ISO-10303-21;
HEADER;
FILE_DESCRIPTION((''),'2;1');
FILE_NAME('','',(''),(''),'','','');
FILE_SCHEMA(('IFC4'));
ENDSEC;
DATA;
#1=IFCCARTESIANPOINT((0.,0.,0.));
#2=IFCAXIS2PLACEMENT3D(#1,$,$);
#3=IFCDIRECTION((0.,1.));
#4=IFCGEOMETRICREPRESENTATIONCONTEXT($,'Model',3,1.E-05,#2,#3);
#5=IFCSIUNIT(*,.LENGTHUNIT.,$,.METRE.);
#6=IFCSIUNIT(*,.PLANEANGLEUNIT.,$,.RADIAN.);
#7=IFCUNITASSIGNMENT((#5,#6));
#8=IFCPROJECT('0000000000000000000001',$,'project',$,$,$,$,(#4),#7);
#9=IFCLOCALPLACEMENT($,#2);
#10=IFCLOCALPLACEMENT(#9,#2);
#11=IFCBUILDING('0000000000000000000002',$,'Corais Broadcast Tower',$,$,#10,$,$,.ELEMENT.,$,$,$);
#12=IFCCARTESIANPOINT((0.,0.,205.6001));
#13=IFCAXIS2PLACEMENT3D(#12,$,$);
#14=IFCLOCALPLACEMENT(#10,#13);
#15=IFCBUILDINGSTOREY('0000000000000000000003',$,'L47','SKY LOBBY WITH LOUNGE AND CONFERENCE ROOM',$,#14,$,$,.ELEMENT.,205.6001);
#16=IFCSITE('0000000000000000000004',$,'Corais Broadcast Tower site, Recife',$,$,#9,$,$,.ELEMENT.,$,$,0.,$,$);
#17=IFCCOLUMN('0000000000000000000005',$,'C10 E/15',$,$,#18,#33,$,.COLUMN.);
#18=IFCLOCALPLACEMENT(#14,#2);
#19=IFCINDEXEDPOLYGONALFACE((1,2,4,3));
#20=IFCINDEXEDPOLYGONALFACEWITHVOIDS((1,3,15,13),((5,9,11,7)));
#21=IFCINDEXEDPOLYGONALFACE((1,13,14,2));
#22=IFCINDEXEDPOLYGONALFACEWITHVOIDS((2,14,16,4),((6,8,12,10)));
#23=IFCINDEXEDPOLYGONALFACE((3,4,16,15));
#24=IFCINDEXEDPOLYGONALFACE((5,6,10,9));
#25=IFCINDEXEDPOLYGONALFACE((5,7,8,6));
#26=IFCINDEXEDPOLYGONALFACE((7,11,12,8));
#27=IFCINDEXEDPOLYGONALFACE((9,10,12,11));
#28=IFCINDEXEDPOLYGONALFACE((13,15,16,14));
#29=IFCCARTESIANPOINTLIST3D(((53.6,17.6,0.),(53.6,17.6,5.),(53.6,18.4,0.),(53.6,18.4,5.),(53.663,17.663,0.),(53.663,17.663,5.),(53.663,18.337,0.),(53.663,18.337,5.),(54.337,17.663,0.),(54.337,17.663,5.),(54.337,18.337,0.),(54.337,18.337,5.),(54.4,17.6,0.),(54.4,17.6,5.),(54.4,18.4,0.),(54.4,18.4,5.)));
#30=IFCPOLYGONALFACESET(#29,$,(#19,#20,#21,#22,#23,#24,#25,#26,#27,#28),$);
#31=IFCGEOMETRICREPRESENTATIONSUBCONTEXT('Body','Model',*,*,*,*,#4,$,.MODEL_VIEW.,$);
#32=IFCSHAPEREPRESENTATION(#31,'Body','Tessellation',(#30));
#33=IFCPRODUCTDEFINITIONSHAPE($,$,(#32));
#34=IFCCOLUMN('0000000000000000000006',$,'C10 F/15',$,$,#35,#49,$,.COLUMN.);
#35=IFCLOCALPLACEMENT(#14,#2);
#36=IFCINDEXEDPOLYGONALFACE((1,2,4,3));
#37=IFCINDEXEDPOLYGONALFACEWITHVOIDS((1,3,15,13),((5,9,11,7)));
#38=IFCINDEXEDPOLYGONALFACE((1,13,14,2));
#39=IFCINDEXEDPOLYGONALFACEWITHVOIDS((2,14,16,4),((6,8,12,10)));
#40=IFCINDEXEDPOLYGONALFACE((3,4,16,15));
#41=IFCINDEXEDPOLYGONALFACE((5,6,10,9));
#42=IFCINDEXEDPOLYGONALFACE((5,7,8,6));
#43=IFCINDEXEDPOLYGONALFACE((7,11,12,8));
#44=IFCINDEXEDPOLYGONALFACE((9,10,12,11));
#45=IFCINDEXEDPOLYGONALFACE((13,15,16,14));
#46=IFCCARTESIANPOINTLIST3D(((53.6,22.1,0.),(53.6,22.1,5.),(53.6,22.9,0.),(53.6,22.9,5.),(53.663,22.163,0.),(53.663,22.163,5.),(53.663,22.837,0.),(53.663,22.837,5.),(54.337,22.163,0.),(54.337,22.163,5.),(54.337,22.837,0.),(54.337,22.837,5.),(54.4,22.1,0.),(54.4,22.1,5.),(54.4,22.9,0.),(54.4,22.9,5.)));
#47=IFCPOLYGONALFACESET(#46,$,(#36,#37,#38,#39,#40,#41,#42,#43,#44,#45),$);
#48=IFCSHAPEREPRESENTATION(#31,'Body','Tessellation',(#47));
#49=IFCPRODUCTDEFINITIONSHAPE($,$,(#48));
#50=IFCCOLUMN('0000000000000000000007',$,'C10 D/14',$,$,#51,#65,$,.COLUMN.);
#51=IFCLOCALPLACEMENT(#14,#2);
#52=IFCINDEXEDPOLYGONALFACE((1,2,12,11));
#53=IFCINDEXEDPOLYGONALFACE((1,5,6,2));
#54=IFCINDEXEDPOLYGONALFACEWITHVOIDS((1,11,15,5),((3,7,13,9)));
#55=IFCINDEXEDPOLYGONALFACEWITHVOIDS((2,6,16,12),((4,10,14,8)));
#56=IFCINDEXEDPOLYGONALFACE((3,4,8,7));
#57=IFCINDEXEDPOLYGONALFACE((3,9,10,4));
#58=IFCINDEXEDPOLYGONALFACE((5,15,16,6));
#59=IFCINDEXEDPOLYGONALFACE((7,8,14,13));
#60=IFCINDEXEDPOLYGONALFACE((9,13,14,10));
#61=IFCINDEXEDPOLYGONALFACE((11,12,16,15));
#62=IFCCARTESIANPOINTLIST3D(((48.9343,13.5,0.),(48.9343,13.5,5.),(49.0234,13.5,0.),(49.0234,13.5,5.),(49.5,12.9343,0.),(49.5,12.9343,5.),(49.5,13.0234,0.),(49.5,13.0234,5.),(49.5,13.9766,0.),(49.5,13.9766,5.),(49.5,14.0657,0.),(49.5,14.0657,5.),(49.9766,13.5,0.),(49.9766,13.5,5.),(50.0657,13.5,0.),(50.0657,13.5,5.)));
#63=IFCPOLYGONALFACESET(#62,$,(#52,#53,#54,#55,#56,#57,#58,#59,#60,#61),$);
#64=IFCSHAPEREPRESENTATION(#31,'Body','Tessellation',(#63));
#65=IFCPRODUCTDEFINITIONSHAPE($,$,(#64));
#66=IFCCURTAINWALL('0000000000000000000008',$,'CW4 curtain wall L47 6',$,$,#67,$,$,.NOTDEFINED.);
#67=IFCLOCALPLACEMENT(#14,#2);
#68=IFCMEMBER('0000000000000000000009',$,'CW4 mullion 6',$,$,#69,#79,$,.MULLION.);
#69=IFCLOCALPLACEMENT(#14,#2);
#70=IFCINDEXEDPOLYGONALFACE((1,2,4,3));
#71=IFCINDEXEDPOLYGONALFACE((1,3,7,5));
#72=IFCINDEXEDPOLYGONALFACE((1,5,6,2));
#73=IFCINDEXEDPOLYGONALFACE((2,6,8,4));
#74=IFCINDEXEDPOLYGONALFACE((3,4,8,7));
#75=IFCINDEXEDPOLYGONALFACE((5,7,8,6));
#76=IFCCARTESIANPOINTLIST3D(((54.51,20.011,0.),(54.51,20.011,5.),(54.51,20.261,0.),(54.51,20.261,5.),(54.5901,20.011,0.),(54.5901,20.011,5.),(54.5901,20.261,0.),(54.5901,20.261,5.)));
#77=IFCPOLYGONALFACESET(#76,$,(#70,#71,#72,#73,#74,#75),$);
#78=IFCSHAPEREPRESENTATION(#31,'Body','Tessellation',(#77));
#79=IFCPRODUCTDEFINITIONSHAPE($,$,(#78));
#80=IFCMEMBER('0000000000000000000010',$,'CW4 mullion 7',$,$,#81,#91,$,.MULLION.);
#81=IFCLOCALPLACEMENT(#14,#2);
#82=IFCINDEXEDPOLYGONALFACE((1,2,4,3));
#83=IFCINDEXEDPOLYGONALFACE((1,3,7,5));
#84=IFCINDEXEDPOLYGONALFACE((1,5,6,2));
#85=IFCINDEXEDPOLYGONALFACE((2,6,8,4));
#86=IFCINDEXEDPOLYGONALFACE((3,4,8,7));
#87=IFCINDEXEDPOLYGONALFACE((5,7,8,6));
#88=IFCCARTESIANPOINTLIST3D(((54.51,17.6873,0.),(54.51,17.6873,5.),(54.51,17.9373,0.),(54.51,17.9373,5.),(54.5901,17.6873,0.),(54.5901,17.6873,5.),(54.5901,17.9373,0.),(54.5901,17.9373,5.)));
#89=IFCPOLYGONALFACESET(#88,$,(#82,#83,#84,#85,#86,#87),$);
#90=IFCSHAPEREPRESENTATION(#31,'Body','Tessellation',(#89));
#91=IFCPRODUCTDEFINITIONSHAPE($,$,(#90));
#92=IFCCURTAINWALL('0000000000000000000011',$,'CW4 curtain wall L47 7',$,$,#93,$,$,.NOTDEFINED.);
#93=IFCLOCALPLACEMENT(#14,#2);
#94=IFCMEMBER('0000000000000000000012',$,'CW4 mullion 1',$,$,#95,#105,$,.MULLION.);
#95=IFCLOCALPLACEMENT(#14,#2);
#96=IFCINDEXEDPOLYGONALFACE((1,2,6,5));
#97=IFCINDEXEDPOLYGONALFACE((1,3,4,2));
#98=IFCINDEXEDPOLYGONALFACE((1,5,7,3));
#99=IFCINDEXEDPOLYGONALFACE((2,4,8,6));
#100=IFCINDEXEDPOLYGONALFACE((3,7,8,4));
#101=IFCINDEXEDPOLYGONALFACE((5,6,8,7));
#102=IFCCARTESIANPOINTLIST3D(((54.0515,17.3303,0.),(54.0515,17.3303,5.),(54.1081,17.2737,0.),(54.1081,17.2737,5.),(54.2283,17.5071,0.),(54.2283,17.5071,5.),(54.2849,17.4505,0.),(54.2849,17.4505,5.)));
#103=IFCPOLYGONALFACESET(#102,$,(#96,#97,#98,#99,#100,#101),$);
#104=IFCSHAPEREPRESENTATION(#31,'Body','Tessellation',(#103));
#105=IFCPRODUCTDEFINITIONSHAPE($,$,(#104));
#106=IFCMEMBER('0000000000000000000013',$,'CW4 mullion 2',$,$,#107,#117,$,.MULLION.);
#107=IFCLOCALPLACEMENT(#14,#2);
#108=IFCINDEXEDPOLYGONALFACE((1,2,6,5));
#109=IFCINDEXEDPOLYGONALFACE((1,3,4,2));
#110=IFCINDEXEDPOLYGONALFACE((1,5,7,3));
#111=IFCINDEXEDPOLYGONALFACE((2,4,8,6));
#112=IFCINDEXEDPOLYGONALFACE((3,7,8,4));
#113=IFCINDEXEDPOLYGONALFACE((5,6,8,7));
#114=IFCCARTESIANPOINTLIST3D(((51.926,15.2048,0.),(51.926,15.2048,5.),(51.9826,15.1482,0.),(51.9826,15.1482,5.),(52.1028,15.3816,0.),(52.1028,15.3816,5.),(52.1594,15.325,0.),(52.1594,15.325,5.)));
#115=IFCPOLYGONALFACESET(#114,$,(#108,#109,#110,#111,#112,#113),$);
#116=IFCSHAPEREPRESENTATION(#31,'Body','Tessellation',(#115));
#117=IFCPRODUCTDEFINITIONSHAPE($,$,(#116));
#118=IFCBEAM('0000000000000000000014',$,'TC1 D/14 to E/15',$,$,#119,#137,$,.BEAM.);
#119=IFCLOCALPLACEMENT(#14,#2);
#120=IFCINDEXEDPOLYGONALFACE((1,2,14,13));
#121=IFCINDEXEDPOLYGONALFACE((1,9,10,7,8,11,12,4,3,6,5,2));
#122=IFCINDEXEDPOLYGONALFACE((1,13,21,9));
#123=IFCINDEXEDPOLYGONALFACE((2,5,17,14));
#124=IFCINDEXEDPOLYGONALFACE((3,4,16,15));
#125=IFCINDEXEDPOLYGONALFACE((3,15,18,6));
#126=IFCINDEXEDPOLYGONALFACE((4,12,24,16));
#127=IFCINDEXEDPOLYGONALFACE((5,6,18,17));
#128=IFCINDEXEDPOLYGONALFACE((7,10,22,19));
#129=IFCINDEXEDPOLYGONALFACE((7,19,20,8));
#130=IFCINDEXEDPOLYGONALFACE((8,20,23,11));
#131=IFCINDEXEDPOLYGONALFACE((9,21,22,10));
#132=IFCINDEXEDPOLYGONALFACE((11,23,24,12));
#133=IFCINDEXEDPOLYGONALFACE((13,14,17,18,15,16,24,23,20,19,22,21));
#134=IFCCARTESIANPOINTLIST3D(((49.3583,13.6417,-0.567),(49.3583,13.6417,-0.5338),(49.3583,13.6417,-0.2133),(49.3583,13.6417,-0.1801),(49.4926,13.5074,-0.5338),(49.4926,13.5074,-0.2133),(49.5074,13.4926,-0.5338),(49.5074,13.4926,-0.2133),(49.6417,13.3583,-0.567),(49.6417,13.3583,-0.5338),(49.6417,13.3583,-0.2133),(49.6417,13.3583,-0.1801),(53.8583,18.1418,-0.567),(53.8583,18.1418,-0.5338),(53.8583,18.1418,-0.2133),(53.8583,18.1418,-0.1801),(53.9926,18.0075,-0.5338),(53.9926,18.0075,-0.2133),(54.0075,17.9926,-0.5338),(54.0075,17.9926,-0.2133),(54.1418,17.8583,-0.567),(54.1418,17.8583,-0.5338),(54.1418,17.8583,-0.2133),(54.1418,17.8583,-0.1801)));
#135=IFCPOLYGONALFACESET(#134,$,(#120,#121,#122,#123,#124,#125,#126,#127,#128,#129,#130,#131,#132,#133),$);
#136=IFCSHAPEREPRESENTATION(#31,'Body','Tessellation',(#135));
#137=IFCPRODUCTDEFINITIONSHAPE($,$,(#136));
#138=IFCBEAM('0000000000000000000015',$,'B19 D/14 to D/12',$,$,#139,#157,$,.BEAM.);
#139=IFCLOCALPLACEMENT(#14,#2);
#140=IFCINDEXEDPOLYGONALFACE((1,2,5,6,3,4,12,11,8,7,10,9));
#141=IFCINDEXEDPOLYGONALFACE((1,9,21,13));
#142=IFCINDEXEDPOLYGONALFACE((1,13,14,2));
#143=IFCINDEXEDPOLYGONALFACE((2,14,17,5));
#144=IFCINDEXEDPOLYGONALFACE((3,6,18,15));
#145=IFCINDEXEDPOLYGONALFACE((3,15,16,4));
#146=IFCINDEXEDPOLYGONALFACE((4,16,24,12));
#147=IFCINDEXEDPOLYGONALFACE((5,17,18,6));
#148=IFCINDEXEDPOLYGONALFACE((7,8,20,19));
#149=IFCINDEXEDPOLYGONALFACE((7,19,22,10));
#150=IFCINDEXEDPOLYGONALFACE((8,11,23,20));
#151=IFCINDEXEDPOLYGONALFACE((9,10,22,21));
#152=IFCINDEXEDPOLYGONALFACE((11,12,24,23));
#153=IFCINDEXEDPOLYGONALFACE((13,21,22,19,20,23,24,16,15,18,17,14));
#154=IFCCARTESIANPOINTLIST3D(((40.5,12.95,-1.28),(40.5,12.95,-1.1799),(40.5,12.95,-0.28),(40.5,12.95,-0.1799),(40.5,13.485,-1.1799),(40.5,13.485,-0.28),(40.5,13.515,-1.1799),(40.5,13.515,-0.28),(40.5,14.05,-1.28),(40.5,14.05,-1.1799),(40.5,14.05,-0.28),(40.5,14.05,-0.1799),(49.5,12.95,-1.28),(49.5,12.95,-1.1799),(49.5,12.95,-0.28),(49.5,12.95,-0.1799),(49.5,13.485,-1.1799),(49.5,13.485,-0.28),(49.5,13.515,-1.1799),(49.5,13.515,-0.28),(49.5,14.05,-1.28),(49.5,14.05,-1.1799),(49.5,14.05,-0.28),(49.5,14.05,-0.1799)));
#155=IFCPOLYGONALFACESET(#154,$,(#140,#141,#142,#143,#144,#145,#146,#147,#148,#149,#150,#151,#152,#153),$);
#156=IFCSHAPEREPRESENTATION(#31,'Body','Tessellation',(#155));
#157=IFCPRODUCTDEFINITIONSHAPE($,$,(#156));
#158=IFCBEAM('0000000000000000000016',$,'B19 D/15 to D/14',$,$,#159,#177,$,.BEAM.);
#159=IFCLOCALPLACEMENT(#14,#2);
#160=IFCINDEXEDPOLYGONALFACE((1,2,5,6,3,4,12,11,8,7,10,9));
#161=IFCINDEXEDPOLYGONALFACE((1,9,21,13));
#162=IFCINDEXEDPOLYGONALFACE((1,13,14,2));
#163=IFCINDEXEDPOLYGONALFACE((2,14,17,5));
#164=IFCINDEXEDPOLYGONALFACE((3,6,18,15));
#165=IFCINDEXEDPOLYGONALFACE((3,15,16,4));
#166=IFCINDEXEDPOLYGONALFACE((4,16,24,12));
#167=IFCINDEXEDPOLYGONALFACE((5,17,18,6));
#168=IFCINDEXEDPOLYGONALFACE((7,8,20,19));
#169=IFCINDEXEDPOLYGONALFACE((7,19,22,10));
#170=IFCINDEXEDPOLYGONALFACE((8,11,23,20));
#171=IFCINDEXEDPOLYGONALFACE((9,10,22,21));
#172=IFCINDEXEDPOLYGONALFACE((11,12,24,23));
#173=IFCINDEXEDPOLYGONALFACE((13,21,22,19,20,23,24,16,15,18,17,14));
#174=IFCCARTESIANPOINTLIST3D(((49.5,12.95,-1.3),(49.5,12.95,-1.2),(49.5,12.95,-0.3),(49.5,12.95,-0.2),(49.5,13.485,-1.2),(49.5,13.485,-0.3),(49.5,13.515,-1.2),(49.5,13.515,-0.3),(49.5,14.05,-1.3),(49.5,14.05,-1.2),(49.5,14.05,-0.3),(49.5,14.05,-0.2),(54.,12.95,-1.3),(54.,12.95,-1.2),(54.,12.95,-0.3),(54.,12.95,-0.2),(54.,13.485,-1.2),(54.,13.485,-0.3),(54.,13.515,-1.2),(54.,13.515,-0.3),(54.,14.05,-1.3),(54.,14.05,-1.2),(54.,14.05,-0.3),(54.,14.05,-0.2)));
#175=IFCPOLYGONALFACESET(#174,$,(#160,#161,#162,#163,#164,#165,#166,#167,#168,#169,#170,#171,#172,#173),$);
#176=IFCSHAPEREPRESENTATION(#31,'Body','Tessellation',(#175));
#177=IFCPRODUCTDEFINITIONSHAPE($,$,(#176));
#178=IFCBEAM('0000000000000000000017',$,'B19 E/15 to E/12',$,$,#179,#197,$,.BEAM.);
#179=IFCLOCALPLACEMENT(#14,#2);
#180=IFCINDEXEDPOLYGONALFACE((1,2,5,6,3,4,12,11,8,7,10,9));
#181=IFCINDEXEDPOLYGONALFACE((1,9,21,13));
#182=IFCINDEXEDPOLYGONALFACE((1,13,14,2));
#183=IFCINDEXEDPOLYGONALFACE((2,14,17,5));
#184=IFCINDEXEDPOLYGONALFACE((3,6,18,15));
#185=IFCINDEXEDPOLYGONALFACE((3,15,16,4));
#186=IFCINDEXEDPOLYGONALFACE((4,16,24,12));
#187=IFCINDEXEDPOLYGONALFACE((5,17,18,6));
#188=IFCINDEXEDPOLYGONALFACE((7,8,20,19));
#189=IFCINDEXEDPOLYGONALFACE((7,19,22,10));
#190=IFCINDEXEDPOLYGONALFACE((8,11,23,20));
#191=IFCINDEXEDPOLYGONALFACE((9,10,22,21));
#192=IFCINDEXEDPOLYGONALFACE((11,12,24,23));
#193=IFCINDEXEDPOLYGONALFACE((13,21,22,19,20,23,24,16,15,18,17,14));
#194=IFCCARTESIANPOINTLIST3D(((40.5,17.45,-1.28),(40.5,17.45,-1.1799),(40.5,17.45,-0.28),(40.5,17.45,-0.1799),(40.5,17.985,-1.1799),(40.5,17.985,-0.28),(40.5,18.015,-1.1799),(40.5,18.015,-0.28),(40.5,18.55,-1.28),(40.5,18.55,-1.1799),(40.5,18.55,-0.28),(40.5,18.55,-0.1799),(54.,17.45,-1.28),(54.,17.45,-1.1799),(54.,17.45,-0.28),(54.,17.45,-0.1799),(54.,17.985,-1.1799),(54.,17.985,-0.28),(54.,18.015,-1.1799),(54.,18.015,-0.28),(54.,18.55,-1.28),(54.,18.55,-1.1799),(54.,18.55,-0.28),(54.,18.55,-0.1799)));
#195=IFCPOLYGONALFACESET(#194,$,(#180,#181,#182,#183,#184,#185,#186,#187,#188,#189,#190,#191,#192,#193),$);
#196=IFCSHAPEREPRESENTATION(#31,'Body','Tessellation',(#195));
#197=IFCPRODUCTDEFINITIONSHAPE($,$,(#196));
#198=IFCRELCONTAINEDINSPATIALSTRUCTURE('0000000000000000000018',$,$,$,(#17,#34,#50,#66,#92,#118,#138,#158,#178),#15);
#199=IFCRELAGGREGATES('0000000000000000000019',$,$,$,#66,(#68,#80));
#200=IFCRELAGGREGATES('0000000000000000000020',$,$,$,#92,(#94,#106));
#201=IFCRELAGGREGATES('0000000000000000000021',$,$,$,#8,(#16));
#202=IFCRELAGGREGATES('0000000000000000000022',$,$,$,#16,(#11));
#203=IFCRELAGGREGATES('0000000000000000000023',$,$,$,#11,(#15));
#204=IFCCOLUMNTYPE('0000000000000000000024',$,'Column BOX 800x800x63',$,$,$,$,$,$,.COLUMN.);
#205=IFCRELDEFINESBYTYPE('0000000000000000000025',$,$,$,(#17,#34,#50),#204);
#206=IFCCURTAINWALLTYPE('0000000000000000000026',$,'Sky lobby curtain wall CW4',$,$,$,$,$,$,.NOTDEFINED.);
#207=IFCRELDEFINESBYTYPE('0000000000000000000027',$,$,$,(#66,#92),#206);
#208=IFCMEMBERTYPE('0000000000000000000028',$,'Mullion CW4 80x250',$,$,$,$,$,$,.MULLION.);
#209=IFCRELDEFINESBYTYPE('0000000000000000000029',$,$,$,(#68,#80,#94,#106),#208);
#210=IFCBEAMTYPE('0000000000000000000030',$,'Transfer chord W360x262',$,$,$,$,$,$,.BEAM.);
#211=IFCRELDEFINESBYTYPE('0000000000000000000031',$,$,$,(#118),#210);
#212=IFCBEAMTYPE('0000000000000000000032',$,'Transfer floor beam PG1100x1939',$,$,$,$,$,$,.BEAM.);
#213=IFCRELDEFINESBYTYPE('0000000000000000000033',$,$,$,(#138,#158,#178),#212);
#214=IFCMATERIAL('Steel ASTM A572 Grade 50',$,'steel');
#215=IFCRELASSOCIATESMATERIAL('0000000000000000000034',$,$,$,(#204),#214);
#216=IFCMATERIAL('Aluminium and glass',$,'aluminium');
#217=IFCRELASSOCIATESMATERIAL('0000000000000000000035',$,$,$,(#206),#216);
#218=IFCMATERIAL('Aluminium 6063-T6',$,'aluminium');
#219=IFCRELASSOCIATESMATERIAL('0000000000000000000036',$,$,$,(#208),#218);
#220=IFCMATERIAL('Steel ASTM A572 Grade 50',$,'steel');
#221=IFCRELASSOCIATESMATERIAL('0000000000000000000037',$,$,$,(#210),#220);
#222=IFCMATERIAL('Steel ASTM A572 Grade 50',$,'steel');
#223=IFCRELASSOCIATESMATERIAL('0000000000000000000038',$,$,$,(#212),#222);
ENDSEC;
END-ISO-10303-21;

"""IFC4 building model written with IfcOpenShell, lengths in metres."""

from ifc_helpers import new_model, si_unit, direction, frame, origin, origin_2d, place, context, subcontext, project, spatial, rectangle, hollow_rectangle, i_section, extrude, material, material_profile, profile_set, type_object, element, aggregate, save


model = new_model("IFC4")

# Units and contexts
model_context = context("Model", 3, precision=1e-05, world=origin(), true_north=direction((0.0, 1.0)))
body_context = subcontext(model_context, "Body", "Model", "MODEL_VIEW")
ifc_project = project(units=[si_unit("LENGTHUNIT", "METRE"), si_unit("PLANEANGLEUNIT", "RADIAN")], contexts=[model_context])

# Site, building, storey
site_placement = place(None, origin())
site = spatial("IfcSite", under=ifc_project, at=site_placement, Name="Corais Broadcast Tower site, Recife", CompositionType="ELEMENT", RefElevation=0.0)
building_placement = place(site_placement, origin())
building = spatial("IfcBuilding", under=site, at=building_placement, Name="Corais Broadcast Tower", CompositionType="ELEMENT")
storey_placement = place(building_placement, frame((0.0, 0.0, 205.6001)))
storey = spatial("IfcBuildingStorey", under=building, at=storey_placement, Name="L47", Description="SKY LOBBY WITH LOUNGE AND CONFERENCE ROOM", CompositionType="ELEMENT", Elevation=205.6001)

# Columns
ifc_material_1 = material(Name="Steel ASTM A572 Grade 50", Category="steel")
ifc_material_profile_1 = material_profile(ifc_material_1, hollow_rectangle(XDim=0.8, YDim=0.8, WallThickness=0.063, at=origin_2d()), Name="BOX 800x800x63")
ifc_profile_set_1 = profile_set([ifc_material_profile_1], Name="Steel ASTM A572 Grade 50")
column_type = type_object("IfcColumnType", Name="Column BOX 800x800x63", PredefinedType="COLUMN", material=ifc_profile_set_1)
for number, where, z_axis, x_axis, name in (
    (1, (54.0, 18.0, 0.0), (0.0, 0.0, 1.0), (1.0, 0.0, 0.0), "C10 E/15"),
    (2, (54.0, 22.5, 0.0), (0.0, 0.0, 1.0), (1.0, 0.0, 0.0), "C10 F/15"),
    (3, (49.5, 13.5, 0.0), (0.0, 0.0, 1.0), (0.707107, 0.707107, 0.0), "C10 D/14"),
):
    element("IfcColumn", number, at=place(storey_placement, frame(where, z_axis=z_axis, x_axis=x_axis)), inside=storey, type_object=column_type, Name=name, PredefinedType="COLUMN", context=body_context, shape_type="SweptSolid", body=[
        extrude(hollow_rectangle(XDim=0.8, YDim=0.8, WallThickness=0.063, at=origin_2d()), origin(), (0.0, 0.0, 1.0), 5.0),
    ])

# Curtain walls, members
ifc_material_2 = material(Name="Aluminium and glass", Category="aluminium")
curtain_wall_type = type_object("IfcCurtainWallType", Name="Sky lobby curtain wall CW4", PredefinedType="NOTDEFINED", material=ifc_material_2)
curtain_wall_1_placement = place(storey_placement, origin())
curtain_wall_1 = element("IfcCurtainWall", 4, at=curtain_wall_1_placement, inside=storey, type_object=curtain_wall_type, Name="CW4 curtain wall L47 6", PredefinedType="NOTDEFINED")
ifc_material_3 = material(Name="Aluminium 6063-T6", Category="aluminium")
ifc_material_profile_2 = material_profile(ifc_material_3, rectangle(XDim=0.0801, YDim=0.25, at=origin_2d()), Name="Mullion CW4 80x250")
ifc_profile_set_2 = profile_set([ifc_material_profile_2], Name="Aluminium 6063-T6")
member_type_1 = type_object("IfcMemberType", Name="Mullion CW4 80x250", PredefinedType="MULLION", material=ifc_profile_set_2)
member_1_placement = place(storey_placement, frame((54.55, 20.136, 0.0), z_axis=(0.0, 0.0, 1.0), x_axis=(1.0, 0.0, 0.0)))
member_1 = element("IfcMember", 5, at=member_1_placement, type_object=member_type_1, Name="CW4 mullion 6", PredefinedType="MULLION", context=body_context, shape_type="SweptSolid", body=[
    extrude(rectangle(XDim=0.0801, YDim=0.25, at=origin_2d()), origin(), (0.0, 0.0, 1.0), 5.0),
])
member_2_placement = place(storey_placement, frame((54.55, 17.8123, 0.0), z_axis=(0.0, 0.0, 1.0), x_axis=(1.0, 0.0, 0.0)))
member_2 = element("IfcMember", 6, at=member_2_placement, type_object=member_type_1, Name="CW4 mullion 7", PredefinedType="MULLION", context=body_context, shape_type="SweptSolid", body=[
    extrude(rectangle(XDim=0.0801, YDim=0.25, at=origin_2d()), origin(), (0.0, 0.0, 1.0), 5.0),
])
curtain_wall_2_placement = place(storey_placement, origin())
curtain_wall_2 = element("IfcCurtainWall", 7, at=curtain_wall_2_placement, inside=storey, type_object=curtain_wall_type, Name="CW4 curtain wall L47 7", PredefinedType="NOTDEFINED")
member_3_placement = place(storey_placement, frame((54.1682, 17.3904, 0.0), z_axis=(0.0, 0.0, 1.0), x_axis=(0.707107, -0.707107, 0.0)))
member_3 = element("IfcMember", 8, at=member_3_placement, type_object=member_type_1, Name="CW4 mullion 1", PredefinedType="MULLION", context=body_context, shape_type="SweptSolid", body=[
    extrude(rectangle(XDim=0.0801, YDim=0.25, at=origin_2d()), origin(), (0.0, 0.0, 1.0), 5.0),
])
member_4_placement = place(storey_placement, frame((52.0427, 15.2649, 0.0), z_axis=(0.0, 0.0, 1.0), x_axis=(0.707107, -0.707107, 0.0)))
member_4 = element("IfcMember", 9, at=member_4_placement, type_object=member_type_1, Name="CW4 mullion 2", PredefinedType="MULLION", context=body_context, shape_type="SweptSolid", body=[
    extrude(rectangle(XDim=0.0801, YDim=0.25, at=origin_2d()), origin(), (0.0, 0.0, 1.0), 5.0),
])

# Beams
ifc_material_4 = material(Name="Steel ASTM A572 Grade 50", Category="steel")
ifc_material_profile_3 = material_profile(ifc_material_4, i_section(OverallWidth=0.4009, OverallDepth=0.387, WebThickness=0.021, FlangeThickness=0.0332, at=origin_2d()), Name="W360x262")
ifc_profile_set_3 = profile_set([ifc_material_profile_3], Name="Steel ASTM A572 Grade 50")
beam_type_1 = type_object("IfcBeamType", Name="Transfer chord W360x262", PredefinedType="BEAM", material=ifc_profile_set_3)
beam_1_placement = place(storey_placement, frame((49.5, 13.5, -0.3735), z_axis=(0.707107, 0.707107, 0.0), x_axis=(-0.707107, 0.707107, 0.0)))
element("IfcBeam", 10, at=beam_1_placement, inside=storey, type_object=beam_type_1, Name="TC1 D/14 to E/15", PredefinedType="BEAM", context=body_context, shape_type="SweptSolid", body=[
    extrude(i_section(OverallWidth=0.4009, OverallDepth=0.387, WebThickness=0.021, FlangeThickness=0.0332, at=origin_2d()), origin(), (0.0, 0.0, 1.0), 6.364),
])
ifc_material_5 = material(Name="Steel ASTM A572 Grade 50", Category="steel")
ifc_material_profile_4 = material_profile(ifc_material_5, i_section(OverallWidth=1.1001, OverallDepth=1.1001, WebThickness=0.03, FlangeThickness=0.1001, at=origin_2d()), Name="PG1100x1939")
ifc_profile_set_4 = profile_set([ifc_material_profile_4], Name="Steel ASTM A572 Grade 50")
beam_type_2 = type_object("IfcBeamType", Name="Transfer floor beam PG1100x1939", PredefinedType="BEAM", material=ifc_profile_set_4)
beam_2_placement = place(storey_placement, frame((49.5, 13.5, -0.73), z_axis=(-1.0, 0.0, 0.0), x_axis=(0.0, -1.0, 0.0)))
element("IfcBeam", 11, at=beam_2_placement, inside=storey, type_object=beam_type_2, Name="B19 D/14 to D/12", PredefinedType="BEAM", context=body_context, shape_type="SweptSolid", body=[
    extrude(i_section(OverallWidth=1.1001, OverallDepth=1.1001, WebThickness=0.03, FlangeThickness=0.1001, at=origin_2d()), origin(), (0.0, 0.0, 1.0), 9.0),
])
beam_3_placement = place(storey_placement, frame((54.0, 13.5, -0.75), z_axis=(-1.0, 0.0, 0.0), x_axis=(0.0, -1.0, 0.0)))
element("IfcBeam", 12, at=beam_3_placement, inside=storey, type_object=beam_type_2, Name="B19 D/15 to D/14", PredefinedType="BEAM", context=body_context, shape_type="SweptSolid", body=[
    extrude(i_section(OverallWidth=1.1001, OverallDepth=1.1001, WebThickness=0.03, FlangeThickness=0.1001, at=origin_2d()), origin(), (0.0, 0.0, 1.0), 4.5),
])
for number, where, z_axis, x_axis, name in (
    (13, (54.0, 18.0, -0.73), (-1.0, 0.0, 0.0), (0.0, -1.0, 0.0), "B19 E/15 to E/12"),
):
    element("IfcBeam", number, at=place(storey_placement, frame(where, z_axis=z_axis, x_axis=x_axis)), inside=storey, type_object=beam_type_2, Name=name, PredefinedType="BEAM", context=body_context, shape_type="SweptSolid", body=[
        extrude(i_section(OverallWidth=1.1001, OverallDepth=1.1001, WebThickness=0.03, FlangeThickness=0.1001, at=origin_2d()), origin(), (0.0, 0.0, 1.0), 13.5),
    ])

aggregate(curtain_wall_1, [member_1, member_2])
aggregate(curtain_wall_2, [member_3, member_4])

save(model, "model.ifc")
